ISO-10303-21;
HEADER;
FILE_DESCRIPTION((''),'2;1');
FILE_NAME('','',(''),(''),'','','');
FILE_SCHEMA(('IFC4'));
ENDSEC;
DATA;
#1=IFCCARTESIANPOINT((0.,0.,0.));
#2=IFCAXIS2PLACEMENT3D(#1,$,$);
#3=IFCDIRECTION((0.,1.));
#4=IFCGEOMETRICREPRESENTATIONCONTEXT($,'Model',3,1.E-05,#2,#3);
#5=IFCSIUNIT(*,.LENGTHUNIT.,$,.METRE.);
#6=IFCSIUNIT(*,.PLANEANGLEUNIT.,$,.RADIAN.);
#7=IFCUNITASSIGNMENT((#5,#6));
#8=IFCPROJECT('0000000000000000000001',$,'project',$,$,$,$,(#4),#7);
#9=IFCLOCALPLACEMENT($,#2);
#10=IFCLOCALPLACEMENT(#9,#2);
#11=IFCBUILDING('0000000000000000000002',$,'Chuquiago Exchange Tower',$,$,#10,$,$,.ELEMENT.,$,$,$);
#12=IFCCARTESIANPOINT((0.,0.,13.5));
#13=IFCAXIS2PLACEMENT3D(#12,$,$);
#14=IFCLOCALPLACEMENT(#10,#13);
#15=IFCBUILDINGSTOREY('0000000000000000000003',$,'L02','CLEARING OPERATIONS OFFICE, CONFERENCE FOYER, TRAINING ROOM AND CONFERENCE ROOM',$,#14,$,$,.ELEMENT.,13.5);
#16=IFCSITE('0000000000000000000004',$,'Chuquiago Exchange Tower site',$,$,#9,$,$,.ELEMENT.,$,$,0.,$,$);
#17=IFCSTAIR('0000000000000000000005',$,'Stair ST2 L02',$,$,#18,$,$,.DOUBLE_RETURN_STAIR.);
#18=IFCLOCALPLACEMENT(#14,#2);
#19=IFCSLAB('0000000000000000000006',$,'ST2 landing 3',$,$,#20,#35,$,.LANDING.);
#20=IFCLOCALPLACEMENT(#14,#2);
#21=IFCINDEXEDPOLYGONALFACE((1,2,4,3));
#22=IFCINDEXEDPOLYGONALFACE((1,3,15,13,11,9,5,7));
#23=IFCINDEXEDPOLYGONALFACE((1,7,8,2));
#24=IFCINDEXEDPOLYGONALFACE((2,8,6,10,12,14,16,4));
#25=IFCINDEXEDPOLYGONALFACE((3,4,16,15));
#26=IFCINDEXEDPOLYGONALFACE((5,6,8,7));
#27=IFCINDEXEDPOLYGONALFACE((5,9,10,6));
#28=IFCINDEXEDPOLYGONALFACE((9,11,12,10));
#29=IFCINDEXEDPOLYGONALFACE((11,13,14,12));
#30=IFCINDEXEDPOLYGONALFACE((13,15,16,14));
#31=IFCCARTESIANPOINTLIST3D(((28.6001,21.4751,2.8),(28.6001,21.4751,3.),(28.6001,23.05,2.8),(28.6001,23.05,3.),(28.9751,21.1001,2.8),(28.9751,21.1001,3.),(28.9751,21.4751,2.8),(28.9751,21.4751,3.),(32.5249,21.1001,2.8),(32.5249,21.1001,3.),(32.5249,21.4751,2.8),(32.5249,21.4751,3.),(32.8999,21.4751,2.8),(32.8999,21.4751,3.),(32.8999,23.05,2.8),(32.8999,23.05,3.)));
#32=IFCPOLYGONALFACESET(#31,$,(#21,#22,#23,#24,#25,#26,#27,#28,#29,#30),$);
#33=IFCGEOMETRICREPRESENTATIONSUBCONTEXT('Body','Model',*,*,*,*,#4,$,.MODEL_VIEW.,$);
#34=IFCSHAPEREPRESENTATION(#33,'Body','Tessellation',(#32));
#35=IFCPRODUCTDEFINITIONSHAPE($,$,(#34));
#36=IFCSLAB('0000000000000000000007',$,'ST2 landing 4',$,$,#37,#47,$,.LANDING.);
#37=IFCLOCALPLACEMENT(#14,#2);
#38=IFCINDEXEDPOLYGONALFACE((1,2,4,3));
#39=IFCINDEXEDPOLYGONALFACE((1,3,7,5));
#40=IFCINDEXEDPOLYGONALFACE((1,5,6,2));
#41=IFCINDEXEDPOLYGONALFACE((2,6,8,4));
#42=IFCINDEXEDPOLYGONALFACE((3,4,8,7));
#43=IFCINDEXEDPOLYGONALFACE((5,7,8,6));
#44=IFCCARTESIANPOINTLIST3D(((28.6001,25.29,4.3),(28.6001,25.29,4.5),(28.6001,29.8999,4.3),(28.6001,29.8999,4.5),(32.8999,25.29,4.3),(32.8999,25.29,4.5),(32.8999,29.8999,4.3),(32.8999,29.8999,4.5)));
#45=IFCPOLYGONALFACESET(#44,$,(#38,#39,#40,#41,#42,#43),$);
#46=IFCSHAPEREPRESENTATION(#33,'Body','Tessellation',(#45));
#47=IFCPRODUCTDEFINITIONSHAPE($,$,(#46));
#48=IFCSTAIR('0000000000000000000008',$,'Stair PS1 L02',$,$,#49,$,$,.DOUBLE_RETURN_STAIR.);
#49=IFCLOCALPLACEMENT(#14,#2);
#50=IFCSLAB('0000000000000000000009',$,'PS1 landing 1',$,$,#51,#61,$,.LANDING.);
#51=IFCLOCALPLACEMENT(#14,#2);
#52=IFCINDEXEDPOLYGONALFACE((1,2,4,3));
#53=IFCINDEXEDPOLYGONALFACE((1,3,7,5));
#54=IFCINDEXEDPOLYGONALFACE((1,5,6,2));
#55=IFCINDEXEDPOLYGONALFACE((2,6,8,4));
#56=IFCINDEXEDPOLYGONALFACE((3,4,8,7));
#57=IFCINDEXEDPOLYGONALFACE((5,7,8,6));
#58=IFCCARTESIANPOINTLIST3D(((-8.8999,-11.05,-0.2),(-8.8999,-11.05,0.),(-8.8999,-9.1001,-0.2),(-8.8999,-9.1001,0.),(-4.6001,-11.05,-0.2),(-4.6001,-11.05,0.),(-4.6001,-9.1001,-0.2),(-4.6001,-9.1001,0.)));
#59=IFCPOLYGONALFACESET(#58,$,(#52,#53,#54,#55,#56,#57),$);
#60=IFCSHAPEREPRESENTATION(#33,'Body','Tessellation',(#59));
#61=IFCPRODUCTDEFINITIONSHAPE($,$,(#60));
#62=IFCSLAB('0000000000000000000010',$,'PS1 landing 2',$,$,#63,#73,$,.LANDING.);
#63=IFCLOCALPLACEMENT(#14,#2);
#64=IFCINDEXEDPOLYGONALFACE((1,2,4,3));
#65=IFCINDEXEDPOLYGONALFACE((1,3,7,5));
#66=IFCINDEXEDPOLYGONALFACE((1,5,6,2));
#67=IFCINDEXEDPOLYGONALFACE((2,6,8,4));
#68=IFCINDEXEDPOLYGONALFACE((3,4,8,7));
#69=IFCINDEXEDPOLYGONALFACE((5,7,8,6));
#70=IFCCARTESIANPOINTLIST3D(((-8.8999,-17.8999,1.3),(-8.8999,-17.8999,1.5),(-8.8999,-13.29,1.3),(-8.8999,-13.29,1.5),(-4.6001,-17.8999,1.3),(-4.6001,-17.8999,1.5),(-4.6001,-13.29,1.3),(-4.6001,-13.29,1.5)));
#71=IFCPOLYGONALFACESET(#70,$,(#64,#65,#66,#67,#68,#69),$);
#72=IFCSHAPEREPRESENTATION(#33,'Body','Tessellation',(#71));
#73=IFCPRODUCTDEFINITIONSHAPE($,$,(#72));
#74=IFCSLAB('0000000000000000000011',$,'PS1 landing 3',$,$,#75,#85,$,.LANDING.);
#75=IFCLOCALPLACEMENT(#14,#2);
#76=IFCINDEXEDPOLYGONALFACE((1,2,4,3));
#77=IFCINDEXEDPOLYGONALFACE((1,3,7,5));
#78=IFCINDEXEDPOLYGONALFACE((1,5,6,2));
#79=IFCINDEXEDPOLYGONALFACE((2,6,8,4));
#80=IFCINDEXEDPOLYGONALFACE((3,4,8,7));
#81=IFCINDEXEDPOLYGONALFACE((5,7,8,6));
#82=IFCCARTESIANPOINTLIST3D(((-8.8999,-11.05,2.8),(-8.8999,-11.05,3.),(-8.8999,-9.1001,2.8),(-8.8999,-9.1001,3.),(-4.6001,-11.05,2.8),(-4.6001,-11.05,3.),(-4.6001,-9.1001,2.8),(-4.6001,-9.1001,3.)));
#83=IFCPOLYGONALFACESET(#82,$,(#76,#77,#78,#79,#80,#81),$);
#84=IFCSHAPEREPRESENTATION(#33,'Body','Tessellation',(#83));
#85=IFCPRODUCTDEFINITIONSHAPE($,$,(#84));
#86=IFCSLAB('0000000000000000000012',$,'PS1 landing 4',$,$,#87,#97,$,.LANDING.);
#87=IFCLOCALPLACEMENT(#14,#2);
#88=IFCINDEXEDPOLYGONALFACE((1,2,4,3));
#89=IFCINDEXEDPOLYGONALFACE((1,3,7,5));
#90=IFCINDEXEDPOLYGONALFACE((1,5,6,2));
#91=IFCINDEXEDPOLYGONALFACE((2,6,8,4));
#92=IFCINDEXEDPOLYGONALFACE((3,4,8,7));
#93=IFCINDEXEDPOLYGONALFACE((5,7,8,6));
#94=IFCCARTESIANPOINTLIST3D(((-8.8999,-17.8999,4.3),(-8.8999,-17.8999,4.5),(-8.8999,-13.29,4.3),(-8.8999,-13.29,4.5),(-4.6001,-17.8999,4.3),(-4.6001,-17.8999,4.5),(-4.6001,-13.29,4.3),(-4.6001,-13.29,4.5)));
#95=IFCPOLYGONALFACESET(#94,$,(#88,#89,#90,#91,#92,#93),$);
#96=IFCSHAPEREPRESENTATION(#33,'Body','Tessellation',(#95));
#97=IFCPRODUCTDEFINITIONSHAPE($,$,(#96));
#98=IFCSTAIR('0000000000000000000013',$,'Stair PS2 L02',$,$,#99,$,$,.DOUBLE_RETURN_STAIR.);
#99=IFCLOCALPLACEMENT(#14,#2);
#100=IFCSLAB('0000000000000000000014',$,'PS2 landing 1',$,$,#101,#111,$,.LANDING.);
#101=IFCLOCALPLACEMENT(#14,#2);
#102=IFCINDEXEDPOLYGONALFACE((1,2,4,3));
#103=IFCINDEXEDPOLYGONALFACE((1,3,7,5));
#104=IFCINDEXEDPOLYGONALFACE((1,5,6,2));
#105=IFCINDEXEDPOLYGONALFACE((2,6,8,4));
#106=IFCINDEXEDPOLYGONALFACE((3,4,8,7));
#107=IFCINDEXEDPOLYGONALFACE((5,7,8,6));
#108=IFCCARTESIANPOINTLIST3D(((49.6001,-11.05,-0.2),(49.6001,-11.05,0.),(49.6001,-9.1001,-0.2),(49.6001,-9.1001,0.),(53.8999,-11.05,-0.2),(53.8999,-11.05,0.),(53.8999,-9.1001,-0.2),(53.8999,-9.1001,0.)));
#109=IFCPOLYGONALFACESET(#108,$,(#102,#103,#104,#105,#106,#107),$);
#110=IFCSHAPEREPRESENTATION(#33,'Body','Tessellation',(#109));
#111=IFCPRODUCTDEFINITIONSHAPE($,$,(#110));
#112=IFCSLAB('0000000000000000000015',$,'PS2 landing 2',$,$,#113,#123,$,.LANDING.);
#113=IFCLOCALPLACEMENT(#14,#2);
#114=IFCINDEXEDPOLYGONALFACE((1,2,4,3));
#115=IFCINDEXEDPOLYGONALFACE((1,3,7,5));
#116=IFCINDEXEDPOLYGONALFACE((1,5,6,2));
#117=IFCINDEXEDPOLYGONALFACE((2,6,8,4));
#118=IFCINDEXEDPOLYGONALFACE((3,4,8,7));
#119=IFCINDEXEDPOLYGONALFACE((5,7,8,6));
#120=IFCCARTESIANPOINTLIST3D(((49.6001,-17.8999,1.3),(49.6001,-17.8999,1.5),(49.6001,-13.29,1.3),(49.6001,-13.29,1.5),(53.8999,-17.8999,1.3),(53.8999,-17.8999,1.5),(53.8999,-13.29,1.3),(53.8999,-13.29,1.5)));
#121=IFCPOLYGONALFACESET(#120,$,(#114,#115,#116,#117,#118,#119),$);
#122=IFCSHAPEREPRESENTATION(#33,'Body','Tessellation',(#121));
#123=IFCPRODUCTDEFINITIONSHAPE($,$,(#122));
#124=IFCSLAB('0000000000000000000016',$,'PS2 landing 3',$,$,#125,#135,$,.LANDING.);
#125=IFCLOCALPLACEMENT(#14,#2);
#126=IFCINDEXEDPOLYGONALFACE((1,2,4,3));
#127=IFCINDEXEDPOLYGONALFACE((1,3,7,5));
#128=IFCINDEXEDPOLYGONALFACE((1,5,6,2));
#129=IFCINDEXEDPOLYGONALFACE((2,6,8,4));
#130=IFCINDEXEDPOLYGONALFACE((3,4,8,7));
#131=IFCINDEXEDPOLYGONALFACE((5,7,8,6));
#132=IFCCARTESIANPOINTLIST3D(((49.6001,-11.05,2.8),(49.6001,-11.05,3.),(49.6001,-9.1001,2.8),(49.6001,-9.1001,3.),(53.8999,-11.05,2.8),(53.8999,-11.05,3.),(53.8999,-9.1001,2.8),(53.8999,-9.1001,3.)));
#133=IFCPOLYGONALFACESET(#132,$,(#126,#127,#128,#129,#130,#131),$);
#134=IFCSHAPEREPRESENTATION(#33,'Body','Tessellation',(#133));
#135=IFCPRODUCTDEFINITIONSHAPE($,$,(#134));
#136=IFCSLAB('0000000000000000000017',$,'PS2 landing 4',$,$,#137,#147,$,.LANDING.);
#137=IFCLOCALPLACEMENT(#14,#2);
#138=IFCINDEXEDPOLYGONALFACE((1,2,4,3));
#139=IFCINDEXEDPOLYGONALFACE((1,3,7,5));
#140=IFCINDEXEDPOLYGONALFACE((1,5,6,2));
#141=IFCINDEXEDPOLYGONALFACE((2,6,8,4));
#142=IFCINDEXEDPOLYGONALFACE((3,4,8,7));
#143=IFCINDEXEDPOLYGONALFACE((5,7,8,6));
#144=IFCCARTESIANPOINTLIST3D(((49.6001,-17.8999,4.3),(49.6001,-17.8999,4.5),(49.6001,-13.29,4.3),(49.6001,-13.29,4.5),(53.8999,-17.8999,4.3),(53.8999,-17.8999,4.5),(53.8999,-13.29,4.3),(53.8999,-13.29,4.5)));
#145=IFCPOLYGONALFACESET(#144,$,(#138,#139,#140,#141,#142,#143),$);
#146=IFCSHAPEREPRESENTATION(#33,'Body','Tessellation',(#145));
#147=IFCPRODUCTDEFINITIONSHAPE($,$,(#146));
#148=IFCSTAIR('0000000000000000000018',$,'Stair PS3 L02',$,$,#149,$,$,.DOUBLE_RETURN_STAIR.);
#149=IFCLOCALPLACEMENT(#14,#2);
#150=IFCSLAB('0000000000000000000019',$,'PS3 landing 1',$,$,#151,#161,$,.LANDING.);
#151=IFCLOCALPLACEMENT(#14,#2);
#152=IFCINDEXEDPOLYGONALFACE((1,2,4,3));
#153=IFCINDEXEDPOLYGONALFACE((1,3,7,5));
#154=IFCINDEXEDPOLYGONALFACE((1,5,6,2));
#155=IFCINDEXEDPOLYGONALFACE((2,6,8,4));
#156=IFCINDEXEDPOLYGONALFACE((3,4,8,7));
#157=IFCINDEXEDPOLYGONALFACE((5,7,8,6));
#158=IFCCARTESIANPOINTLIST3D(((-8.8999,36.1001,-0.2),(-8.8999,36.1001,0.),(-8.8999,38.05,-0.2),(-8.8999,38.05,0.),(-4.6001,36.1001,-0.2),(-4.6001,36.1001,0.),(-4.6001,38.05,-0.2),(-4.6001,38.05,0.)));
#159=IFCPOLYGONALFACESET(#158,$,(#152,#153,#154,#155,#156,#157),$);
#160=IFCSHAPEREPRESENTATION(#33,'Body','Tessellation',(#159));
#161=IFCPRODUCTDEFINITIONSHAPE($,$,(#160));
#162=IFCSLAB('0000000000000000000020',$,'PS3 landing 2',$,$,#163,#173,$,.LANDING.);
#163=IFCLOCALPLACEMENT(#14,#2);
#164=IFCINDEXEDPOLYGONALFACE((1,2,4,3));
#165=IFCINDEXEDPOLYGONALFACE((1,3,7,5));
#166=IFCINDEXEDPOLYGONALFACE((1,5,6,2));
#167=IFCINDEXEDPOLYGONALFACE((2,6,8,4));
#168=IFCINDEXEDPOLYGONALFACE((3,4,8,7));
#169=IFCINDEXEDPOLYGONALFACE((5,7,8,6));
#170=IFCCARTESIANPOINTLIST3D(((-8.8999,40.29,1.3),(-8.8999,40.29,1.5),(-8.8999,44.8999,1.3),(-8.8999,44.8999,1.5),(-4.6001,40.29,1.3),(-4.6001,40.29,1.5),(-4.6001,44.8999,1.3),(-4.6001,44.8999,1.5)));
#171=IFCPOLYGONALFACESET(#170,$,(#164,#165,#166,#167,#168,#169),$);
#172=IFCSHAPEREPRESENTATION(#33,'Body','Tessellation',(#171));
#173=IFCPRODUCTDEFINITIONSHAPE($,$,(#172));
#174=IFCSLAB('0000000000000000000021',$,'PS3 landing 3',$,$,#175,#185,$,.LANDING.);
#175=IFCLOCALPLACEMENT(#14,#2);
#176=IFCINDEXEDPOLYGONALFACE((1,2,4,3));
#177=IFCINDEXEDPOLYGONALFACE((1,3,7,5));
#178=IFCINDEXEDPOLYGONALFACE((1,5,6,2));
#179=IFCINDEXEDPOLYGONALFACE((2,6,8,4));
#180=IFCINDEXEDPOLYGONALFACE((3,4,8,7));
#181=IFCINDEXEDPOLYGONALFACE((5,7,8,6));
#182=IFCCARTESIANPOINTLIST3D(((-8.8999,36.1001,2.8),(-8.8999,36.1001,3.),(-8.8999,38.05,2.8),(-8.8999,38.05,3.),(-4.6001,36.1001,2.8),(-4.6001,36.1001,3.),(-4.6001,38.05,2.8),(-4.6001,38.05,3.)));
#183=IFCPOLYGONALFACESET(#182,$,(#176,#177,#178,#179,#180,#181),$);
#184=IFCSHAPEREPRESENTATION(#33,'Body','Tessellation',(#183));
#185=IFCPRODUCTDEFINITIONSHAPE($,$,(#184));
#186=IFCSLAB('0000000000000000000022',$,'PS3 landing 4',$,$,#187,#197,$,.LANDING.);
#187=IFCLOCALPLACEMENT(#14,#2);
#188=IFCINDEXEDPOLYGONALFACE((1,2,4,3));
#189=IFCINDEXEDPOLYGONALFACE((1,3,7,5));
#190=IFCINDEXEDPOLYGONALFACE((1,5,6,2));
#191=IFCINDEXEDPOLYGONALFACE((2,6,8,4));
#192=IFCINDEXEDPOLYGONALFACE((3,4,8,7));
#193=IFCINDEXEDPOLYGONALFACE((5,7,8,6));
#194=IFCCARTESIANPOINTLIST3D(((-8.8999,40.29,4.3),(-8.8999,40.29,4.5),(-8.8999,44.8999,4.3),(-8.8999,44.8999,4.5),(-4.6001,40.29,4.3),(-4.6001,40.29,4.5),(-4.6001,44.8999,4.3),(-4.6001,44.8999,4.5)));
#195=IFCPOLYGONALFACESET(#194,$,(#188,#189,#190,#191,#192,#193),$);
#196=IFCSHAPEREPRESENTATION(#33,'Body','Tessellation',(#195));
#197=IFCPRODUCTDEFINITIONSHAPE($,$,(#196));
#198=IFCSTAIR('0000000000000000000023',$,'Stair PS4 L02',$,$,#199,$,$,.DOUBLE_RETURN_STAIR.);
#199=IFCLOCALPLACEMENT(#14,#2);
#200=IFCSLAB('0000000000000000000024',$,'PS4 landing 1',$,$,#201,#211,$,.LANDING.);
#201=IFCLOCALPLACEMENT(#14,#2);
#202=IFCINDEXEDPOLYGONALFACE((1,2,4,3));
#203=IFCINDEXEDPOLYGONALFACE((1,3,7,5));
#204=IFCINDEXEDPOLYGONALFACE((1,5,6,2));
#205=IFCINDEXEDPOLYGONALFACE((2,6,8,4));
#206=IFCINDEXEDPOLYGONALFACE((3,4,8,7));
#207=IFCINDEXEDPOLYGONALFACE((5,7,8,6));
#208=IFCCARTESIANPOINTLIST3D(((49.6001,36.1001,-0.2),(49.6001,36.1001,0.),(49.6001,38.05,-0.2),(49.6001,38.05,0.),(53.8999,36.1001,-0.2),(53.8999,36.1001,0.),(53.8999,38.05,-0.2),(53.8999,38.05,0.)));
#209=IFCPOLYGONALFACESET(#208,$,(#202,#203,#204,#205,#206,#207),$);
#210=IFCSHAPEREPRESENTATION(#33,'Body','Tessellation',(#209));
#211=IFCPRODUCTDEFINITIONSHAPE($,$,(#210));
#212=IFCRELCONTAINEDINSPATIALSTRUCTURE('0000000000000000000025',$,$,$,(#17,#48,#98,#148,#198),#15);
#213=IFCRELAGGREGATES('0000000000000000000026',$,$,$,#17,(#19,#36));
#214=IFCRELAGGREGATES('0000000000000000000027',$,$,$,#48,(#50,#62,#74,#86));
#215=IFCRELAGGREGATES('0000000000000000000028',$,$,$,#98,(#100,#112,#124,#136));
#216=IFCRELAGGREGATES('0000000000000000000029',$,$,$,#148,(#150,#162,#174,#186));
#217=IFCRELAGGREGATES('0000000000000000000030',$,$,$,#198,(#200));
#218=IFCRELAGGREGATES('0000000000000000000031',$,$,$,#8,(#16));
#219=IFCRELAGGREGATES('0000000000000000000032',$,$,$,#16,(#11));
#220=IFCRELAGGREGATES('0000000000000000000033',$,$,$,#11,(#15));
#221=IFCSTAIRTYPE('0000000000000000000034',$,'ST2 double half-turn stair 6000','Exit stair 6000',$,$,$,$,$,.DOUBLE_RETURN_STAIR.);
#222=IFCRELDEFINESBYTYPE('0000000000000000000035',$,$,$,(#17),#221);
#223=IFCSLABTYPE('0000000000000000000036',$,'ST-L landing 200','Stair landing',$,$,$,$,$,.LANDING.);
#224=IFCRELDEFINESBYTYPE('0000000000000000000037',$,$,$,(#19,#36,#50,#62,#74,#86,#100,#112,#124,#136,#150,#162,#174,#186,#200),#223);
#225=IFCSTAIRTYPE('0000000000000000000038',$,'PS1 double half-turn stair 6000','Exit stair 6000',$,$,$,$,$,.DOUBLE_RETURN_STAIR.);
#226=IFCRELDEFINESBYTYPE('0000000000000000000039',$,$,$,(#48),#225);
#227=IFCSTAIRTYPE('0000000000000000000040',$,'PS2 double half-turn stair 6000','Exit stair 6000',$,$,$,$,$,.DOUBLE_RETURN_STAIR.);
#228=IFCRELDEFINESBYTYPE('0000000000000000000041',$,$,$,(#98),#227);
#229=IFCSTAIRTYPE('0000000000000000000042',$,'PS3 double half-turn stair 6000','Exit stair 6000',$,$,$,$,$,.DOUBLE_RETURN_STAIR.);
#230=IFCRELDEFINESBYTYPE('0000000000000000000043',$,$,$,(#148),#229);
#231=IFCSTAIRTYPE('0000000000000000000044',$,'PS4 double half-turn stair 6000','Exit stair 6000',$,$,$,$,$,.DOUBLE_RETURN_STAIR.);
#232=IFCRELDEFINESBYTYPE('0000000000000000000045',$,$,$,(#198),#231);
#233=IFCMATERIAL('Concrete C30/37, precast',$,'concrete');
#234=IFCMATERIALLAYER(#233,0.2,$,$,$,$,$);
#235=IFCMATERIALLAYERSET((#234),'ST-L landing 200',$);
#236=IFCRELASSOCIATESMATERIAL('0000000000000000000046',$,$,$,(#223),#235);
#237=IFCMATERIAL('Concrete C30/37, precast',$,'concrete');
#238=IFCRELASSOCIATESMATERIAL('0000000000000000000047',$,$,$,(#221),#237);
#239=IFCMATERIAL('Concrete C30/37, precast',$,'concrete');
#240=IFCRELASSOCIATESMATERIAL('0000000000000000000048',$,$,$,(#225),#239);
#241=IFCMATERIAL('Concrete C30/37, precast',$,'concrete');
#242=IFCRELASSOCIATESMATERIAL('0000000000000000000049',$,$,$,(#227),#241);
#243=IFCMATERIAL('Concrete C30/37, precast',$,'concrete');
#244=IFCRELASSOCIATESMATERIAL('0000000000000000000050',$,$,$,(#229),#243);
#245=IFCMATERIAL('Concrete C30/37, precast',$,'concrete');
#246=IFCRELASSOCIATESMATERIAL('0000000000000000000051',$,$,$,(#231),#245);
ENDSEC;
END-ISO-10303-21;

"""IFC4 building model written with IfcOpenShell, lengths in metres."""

from ifc_helpers import new_model, si_unit, direction, frame, origin, place, context, subcontext, project, spatial, polyline, outline, extrude, material, layer, layer_set, type_object, element, aggregate, save


model = new_model("IFC4")

# Units and contexts
model_context = context("Model", 3, precision=1e-05, world=origin(), true_north=direction((0.0, 1.0)))
body_context = subcontext(model_context, "Body", "Model", "MODEL_VIEW")
ifc_project = project(units=[si_unit("LENGTHUNIT", "METRE"), si_unit("PLANEANGLEUNIT", "RADIAN")], contexts=[model_context])

# Site, building, storey
site_placement = place(None, origin())
site = spatial("IfcSite", under=ifc_project, at=site_placement, Name="Chuquiago Exchange Tower site", CompositionType="ELEMENT", RefElevation=0.0)
building_placement = place(site_placement, origin())
building = spatial("IfcBuilding", under=site, at=building_placement, Name="Chuquiago Exchange Tower", CompositionType="ELEMENT")
storey_placement = place(building_placement, frame((0.0, 0.0, 13.5)))
storey = spatial("IfcBuildingStorey", under=building, at=storey_placement, Name="L02", Description="CLEARING OPERATIONS OFFICE, CONFERENCE FOYER, TRAINING ROOM AND CONFERENCE ROOM", CompositionType="ELEMENT", Elevation=13.5)

# Stairs, slabs
ifc_material_1 = material(Name="Concrete C30/37, precast", Category="concrete")
ifc_layer_1 = layer(ifc_material_1, 0.2)
ifc_layer_set_1 = layer_set([ifc_layer_1], Name="ST-L landing 200")
slab_type_1 = type_object("IfcSlabType", Name="ST-L landing 200", Description="Stair landing", PredefinedType="LANDING", material=ifc_layer_set_1)
ifc_material_2 = material(Name="Concrete C30/37, precast", Category="concrete")
stair_type_1 = type_object("IfcStairType", Name="ST2 double half-turn stair 6000", Description="Exit stair 6000", PredefinedType="DOUBLE_RETURN_STAIR", material=ifc_material_2)
stair_1_placement = place(storey_placement, origin())
stair_1 = element("IfcStair", 1, at=stair_1_placement, inside=storey, type_object=stair_type_1, Name="Stair ST2 L02", PredefinedType="DOUBLE_RETURN_STAIR")
slab_1_placement = place(storey_placement, frame((0.0, 0.0, 2.8)))
slab_1 = element("IfcSlab", 2, at=slab_1_placement, type_object=slab_type_1, Name="ST2 landing 3", PredefinedType="LANDING", context=body_context, shape_type="SweptSolid", body=[
    extrude(outline(polyline([(32.5249, 21.4751), (32.5249, 21.1001), (28.9751, 21.1001), (28.9751, 21.4751), (28.6001, 21.4751), (28.6001, 23.05), (32.8999, 23.05), (32.8999, 21.4751), (32.5249, 21.4751)])), origin(), (0.0, 0.0, 1.0), 0.2),
])
slab_2_placement = place(storey_placement, frame((0.0, 0.0, 4.3)))
slab_2 = element("IfcSlab", 3, at=slab_2_placement, type_object=slab_type_1, Name="ST2 landing 4", PredefinedType="LANDING", context=body_context, shape_type="SweptSolid", body=[
    extrude(outline(polyline([(28.6001, 29.8999), (32.8999, 29.8999), (32.8999, 25.29), (28.6001, 25.29), (28.6001, 29.8999)])), origin(), (0.0, 0.0, 1.0), 0.2),
])
aggregate(stair_1, [slab_1, slab_2])
ifc_material_3 = material(Name="Concrete C30/37, precast", Category="concrete")
stair_type_2 = type_object("IfcStairType", Name="PS1 double half-turn stair 6000", Description="Exit stair 6000", PredefinedType="DOUBLE_RETURN_STAIR", material=ifc_material_3)
stair_2_placement = place(storey_placement, origin())
stair_2 = element("IfcStair", 4, at=stair_2_placement, inside=storey, type_object=stair_type_2, Name="Stair PS1 L02", PredefinedType="DOUBLE_RETURN_STAIR")
slab_3_placement = place(storey_placement, frame((0.0, 0.0, -0.2)))
slab_3 = element("IfcSlab", 5, at=slab_3_placement, type_object=slab_type_1, Name="PS1 landing 1", PredefinedType="LANDING", context=body_context, shape_type="SweptSolid", body=[
    extrude(outline(polyline([(-4.6001, -11.05), (-4.6001, -9.1001), (-8.8999, -9.1001), (-8.8999, -11.05), (-4.6001, -11.05)])), origin(), (0.0, 0.0, 1.0), 0.2),
])
slab_4_placement = place(storey_placement, frame((0.0, 0.0, 1.3)))
slab_4 = element("IfcSlab", 6, at=slab_4_placement, type_object=slab_type_1, Name="PS1 landing 2", PredefinedType="LANDING", context=body_context, shape_type="SweptSolid", body=[
    extrude(outline(polyline([(-8.8999, -13.29), (-4.6001, -13.29), (-4.6001, -17.8999), (-8.8999, -17.8999), (-8.8999, -13.29)])), origin(), (0.0, 0.0, 1.0), 0.2),
])
slab_5_placement = place(storey_placement, frame((0.0, 0.0, 2.8)))
slab_5 = element("IfcSlab", 7, at=slab_5_placement, type_object=slab_type_1, Name="PS1 landing 3", PredefinedType="LANDING", context=body_context, shape_type="SweptSolid", body=[
    extrude(outline(polyline([(-8.8999, -9.1001), (-4.6001, -9.1001), (-4.6001, -11.05), (-8.8999, -11.05), (-8.8999, -9.1001)])), origin(), (0.0, 0.0, 1.0), 0.2),
])
slab_6_placement = place(storey_placement, frame((0.0, 0.0, 4.3)))
slab_6 = element("IfcSlab", 8, at=slab_6_placement, type_object=slab_type_1, Name="PS1 landing 4", PredefinedType="LANDING", context=body_context, shape_type="SweptSolid", body=[
    extrude(outline(polyline([(-8.8999, -13.29), (-4.6001, -13.29), (-4.6001, -17.8999), (-8.8999, -17.8999), (-8.8999, -13.29)])), origin(), (0.0, 0.0, 1.0), 0.2),
])
aggregate(stair_2, [slab_3, slab_4, slab_5, slab_6])
ifc_material_4 = material(Name="Concrete C30/37, precast", Category="concrete")
stair_type_3 = type_object("IfcStairType", Name="PS2 double half-turn stair 6000", Description="Exit stair 6000", PredefinedType="DOUBLE_RETURN_STAIR", material=ifc_material_4)
stair_3_placement = place(storey_placement, origin())
stair_3 = element("IfcStair", 9, at=stair_3_placement, inside=storey, type_object=stair_type_3, Name="Stair PS2 L02", PredefinedType="DOUBLE_RETURN_STAIR")
slab_7_placement = place(storey_placement, frame((0.0, 0.0, -0.2)))
slab_7 = element("IfcSlab", 10, at=slab_7_placement, type_object=slab_type_1, Name="PS2 landing 1", PredefinedType="LANDING", context=body_context, shape_type="SweptSolid", body=[
    extrude(outline(polyline([(53.8999, -11.05), (53.8999, -9.1001), (49.6001, -9.1001), (49.6001, -11.05), (53.8999, -11.05)])), origin(), (0.0, 0.0, 1.0), 0.2),
])
slab_8_placement = place(storey_placement, frame((0.0, 0.0, 1.3)))
slab_8 = element("IfcSlab", 11, at=slab_8_placement, type_object=slab_type_1, Name="PS2 landing 2", PredefinedType="LANDING", context=body_context, shape_type="SweptSolid", body=[
    extrude(outline(polyline([(49.6001, -13.29), (53.8999, -13.29), (53.8999, -17.8999), (49.6001, -17.8999), (49.6001, -13.29)])), origin(), (0.0, 0.0, 1.0), 0.2),
])
slab_9_placement = place(storey_placement, frame((0.0, 0.0, 2.8)))
slab_9 = element("IfcSlab", 12, at=slab_9_placement, type_object=slab_type_1, Name="PS2 landing 3", PredefinedType="LANDING", context=body_context, shape_type="SweptSolid", body=[
    extrude(outline(polyline([(49.6001, -9.1001), (53.8999, -9.1001), (53.8999, -11.05), (49.6001, -11.05), (49.6001, -9.1001)])), origin(), (0.0, 0.0, 1.0), 0.2),
])
slab_10_placement = place(storey_placement, frame((0.0, 0.0, 4.3)))
slab_10 = element("IfcSlab", 13, at=slab_10_placement, type_object=slab_type_1, Name="PS2 landing 4", PredefinedType="LANDING", context=body_context, shape_type="SweptSolid", body=[
    extrude(outline(polyline([(49.6001, -13.29), (53.8999, -13.29), (53.8999, -17.8999), (49.6001, -17.8999), (49.6001, -13.29)])), origin(), (0.0, 0.0, 1.0), 0.2),
])
aggregate(stair_3, [slab_7, slab_8, slab_9, slab_10])
ifc_material_5 = material(Name="Concrete C30/37, precast", Category="concrete")
stair_type_4 = type_object("IfcStairType", Name="PS3 double half-turn stair 6000", Description="Exit stair 6000", PredefinedType="DOUBLE_RETURN_STAIR", material=ifc_material_5)
stair_4_placement = place(storey_placement, origin())
stair_4 = element("IfcStair", 14, at=stair_4_placement, inside=storey, type_object=stair_type_4, Name="Stair PS3 L02", PredefinedType="DOUBLE_RETURN_STAIR")
slab_11_placement = place(storey_placement, frame((0.0, 0.0, -0.2)))
slab_11 = element("IfcSlab", 15, at=slab_11_placement, type_object=slab_type_1, Name="PS3 landing 1", PredefinedType="LANDING", context=body_context, shape_type="SweptSolid", body=[
    extrude(outline(polyline([(-4.6001, 36.1001), (-4.6001, 38.05), (-8.8999, 38.05), (-8.8999, 36.1001), (-4.6001, 36.1001)])), origin(), (0.0, 0.0, 1.0), 0.2),
])
slab_12_placement = place(storey_placement, frame((0.0, 0.0, 1.3)))
slab_12 = element("IfcSlab", 16, at=slab_12_placement, type_object=slab_type_1, Name="PS3 landing 2", PredefinedType="LANDING", context=body_context, shape_type="SweptSolid", body=[
    extrude(outline(polyline([(-8.8999, 44.8999), (-4.6001, 44.8999), (-4.6001, 40.29), (-8.8999, 40.29), (-8.8999, 44.8999)])), origin(), (0.0, 0.0, 1.0), 0.2),
])
slab_13_placement = place(storey_placement, frame((0.0, 0.0, 2.8)))
slab_13 = element("IfcSlab", 17, at=slab_13_placement, type_object=slab_type_1, Name="PS3 landing 3", PredefinedType="LANDING", context=body_context, shape_type="SweptSolid", body=[
    extrude(outline(polyline([(-8.8999, 38.05), (-4.6001, 38.05), (-4.6001, 36.1001), (-8.8999, 36.1001), (-8.8999, 38.05)])), origin(), (0.0, 0.0, 1.0), 0.2),
])
slab_14_placement = place(storey_placement, frame((0.0, 0.0, 4.3)))
slab_14 = element("IfcSlab", 18, at=slab_14_placement, type_object=slab_type_1, Name="PS3 landing 4", PredefinedType="LANDING", context=body_context, shape_type="SweptSolid", body=[
    extrude(outline(polyline([(-8.8999, 44.8999), (-4.6001, 44.8999), (-4.6001, 40.29), (-8.8999, 40.29), (-8.8999, 44.8999)])), origin(), (0.0, 0.0, 1.0), 0.2),
])
aggregate(stair_4, [slab_11, slab_12, slab_13, slab_14])
ifc_material_6 = material(Name="Concrete C30/37, precast", Category="concrete")
stair_type_5 = type_object("IfcStairType", Name="PS4 double half-turn stair 6000", Description="Exit stair 6000", PredefinedType="DOUBLE_RETURN_STAIR", material=ifc_material_6)
stair_5_placement = place(storey_placement, origin())
stair_5 = element("IfcStair", 19, at=stair_5_placement, inside=storey, type_object=stair_type_5, Name="Stair PS4 L02", PredefinedType="DOUBLE_RETURN_STAIR")
slab_15_placement = place(storey_placement, frame((0.0, 0.0, -0.2)))
slab_15 = element("IfcSlab", 20, at=slab_15_placement, type_object=slab_type_1, Name="PS4 landing 1", PredefinedType="LANDING", context=body_context, shape_type="SweptSolid", body=[
    extrude(outline(polyline([(53.8999, 36.1001), (53.8999, 38.05), (49.6001, 38.05), (49.6001, 36.1001), (53.8999, 36.1001)])), origin(), (0.0, 0.0, 1.0), 0.2),
])
aggregate(stair_5, [slab_15])

save(model, "model.ifc")
